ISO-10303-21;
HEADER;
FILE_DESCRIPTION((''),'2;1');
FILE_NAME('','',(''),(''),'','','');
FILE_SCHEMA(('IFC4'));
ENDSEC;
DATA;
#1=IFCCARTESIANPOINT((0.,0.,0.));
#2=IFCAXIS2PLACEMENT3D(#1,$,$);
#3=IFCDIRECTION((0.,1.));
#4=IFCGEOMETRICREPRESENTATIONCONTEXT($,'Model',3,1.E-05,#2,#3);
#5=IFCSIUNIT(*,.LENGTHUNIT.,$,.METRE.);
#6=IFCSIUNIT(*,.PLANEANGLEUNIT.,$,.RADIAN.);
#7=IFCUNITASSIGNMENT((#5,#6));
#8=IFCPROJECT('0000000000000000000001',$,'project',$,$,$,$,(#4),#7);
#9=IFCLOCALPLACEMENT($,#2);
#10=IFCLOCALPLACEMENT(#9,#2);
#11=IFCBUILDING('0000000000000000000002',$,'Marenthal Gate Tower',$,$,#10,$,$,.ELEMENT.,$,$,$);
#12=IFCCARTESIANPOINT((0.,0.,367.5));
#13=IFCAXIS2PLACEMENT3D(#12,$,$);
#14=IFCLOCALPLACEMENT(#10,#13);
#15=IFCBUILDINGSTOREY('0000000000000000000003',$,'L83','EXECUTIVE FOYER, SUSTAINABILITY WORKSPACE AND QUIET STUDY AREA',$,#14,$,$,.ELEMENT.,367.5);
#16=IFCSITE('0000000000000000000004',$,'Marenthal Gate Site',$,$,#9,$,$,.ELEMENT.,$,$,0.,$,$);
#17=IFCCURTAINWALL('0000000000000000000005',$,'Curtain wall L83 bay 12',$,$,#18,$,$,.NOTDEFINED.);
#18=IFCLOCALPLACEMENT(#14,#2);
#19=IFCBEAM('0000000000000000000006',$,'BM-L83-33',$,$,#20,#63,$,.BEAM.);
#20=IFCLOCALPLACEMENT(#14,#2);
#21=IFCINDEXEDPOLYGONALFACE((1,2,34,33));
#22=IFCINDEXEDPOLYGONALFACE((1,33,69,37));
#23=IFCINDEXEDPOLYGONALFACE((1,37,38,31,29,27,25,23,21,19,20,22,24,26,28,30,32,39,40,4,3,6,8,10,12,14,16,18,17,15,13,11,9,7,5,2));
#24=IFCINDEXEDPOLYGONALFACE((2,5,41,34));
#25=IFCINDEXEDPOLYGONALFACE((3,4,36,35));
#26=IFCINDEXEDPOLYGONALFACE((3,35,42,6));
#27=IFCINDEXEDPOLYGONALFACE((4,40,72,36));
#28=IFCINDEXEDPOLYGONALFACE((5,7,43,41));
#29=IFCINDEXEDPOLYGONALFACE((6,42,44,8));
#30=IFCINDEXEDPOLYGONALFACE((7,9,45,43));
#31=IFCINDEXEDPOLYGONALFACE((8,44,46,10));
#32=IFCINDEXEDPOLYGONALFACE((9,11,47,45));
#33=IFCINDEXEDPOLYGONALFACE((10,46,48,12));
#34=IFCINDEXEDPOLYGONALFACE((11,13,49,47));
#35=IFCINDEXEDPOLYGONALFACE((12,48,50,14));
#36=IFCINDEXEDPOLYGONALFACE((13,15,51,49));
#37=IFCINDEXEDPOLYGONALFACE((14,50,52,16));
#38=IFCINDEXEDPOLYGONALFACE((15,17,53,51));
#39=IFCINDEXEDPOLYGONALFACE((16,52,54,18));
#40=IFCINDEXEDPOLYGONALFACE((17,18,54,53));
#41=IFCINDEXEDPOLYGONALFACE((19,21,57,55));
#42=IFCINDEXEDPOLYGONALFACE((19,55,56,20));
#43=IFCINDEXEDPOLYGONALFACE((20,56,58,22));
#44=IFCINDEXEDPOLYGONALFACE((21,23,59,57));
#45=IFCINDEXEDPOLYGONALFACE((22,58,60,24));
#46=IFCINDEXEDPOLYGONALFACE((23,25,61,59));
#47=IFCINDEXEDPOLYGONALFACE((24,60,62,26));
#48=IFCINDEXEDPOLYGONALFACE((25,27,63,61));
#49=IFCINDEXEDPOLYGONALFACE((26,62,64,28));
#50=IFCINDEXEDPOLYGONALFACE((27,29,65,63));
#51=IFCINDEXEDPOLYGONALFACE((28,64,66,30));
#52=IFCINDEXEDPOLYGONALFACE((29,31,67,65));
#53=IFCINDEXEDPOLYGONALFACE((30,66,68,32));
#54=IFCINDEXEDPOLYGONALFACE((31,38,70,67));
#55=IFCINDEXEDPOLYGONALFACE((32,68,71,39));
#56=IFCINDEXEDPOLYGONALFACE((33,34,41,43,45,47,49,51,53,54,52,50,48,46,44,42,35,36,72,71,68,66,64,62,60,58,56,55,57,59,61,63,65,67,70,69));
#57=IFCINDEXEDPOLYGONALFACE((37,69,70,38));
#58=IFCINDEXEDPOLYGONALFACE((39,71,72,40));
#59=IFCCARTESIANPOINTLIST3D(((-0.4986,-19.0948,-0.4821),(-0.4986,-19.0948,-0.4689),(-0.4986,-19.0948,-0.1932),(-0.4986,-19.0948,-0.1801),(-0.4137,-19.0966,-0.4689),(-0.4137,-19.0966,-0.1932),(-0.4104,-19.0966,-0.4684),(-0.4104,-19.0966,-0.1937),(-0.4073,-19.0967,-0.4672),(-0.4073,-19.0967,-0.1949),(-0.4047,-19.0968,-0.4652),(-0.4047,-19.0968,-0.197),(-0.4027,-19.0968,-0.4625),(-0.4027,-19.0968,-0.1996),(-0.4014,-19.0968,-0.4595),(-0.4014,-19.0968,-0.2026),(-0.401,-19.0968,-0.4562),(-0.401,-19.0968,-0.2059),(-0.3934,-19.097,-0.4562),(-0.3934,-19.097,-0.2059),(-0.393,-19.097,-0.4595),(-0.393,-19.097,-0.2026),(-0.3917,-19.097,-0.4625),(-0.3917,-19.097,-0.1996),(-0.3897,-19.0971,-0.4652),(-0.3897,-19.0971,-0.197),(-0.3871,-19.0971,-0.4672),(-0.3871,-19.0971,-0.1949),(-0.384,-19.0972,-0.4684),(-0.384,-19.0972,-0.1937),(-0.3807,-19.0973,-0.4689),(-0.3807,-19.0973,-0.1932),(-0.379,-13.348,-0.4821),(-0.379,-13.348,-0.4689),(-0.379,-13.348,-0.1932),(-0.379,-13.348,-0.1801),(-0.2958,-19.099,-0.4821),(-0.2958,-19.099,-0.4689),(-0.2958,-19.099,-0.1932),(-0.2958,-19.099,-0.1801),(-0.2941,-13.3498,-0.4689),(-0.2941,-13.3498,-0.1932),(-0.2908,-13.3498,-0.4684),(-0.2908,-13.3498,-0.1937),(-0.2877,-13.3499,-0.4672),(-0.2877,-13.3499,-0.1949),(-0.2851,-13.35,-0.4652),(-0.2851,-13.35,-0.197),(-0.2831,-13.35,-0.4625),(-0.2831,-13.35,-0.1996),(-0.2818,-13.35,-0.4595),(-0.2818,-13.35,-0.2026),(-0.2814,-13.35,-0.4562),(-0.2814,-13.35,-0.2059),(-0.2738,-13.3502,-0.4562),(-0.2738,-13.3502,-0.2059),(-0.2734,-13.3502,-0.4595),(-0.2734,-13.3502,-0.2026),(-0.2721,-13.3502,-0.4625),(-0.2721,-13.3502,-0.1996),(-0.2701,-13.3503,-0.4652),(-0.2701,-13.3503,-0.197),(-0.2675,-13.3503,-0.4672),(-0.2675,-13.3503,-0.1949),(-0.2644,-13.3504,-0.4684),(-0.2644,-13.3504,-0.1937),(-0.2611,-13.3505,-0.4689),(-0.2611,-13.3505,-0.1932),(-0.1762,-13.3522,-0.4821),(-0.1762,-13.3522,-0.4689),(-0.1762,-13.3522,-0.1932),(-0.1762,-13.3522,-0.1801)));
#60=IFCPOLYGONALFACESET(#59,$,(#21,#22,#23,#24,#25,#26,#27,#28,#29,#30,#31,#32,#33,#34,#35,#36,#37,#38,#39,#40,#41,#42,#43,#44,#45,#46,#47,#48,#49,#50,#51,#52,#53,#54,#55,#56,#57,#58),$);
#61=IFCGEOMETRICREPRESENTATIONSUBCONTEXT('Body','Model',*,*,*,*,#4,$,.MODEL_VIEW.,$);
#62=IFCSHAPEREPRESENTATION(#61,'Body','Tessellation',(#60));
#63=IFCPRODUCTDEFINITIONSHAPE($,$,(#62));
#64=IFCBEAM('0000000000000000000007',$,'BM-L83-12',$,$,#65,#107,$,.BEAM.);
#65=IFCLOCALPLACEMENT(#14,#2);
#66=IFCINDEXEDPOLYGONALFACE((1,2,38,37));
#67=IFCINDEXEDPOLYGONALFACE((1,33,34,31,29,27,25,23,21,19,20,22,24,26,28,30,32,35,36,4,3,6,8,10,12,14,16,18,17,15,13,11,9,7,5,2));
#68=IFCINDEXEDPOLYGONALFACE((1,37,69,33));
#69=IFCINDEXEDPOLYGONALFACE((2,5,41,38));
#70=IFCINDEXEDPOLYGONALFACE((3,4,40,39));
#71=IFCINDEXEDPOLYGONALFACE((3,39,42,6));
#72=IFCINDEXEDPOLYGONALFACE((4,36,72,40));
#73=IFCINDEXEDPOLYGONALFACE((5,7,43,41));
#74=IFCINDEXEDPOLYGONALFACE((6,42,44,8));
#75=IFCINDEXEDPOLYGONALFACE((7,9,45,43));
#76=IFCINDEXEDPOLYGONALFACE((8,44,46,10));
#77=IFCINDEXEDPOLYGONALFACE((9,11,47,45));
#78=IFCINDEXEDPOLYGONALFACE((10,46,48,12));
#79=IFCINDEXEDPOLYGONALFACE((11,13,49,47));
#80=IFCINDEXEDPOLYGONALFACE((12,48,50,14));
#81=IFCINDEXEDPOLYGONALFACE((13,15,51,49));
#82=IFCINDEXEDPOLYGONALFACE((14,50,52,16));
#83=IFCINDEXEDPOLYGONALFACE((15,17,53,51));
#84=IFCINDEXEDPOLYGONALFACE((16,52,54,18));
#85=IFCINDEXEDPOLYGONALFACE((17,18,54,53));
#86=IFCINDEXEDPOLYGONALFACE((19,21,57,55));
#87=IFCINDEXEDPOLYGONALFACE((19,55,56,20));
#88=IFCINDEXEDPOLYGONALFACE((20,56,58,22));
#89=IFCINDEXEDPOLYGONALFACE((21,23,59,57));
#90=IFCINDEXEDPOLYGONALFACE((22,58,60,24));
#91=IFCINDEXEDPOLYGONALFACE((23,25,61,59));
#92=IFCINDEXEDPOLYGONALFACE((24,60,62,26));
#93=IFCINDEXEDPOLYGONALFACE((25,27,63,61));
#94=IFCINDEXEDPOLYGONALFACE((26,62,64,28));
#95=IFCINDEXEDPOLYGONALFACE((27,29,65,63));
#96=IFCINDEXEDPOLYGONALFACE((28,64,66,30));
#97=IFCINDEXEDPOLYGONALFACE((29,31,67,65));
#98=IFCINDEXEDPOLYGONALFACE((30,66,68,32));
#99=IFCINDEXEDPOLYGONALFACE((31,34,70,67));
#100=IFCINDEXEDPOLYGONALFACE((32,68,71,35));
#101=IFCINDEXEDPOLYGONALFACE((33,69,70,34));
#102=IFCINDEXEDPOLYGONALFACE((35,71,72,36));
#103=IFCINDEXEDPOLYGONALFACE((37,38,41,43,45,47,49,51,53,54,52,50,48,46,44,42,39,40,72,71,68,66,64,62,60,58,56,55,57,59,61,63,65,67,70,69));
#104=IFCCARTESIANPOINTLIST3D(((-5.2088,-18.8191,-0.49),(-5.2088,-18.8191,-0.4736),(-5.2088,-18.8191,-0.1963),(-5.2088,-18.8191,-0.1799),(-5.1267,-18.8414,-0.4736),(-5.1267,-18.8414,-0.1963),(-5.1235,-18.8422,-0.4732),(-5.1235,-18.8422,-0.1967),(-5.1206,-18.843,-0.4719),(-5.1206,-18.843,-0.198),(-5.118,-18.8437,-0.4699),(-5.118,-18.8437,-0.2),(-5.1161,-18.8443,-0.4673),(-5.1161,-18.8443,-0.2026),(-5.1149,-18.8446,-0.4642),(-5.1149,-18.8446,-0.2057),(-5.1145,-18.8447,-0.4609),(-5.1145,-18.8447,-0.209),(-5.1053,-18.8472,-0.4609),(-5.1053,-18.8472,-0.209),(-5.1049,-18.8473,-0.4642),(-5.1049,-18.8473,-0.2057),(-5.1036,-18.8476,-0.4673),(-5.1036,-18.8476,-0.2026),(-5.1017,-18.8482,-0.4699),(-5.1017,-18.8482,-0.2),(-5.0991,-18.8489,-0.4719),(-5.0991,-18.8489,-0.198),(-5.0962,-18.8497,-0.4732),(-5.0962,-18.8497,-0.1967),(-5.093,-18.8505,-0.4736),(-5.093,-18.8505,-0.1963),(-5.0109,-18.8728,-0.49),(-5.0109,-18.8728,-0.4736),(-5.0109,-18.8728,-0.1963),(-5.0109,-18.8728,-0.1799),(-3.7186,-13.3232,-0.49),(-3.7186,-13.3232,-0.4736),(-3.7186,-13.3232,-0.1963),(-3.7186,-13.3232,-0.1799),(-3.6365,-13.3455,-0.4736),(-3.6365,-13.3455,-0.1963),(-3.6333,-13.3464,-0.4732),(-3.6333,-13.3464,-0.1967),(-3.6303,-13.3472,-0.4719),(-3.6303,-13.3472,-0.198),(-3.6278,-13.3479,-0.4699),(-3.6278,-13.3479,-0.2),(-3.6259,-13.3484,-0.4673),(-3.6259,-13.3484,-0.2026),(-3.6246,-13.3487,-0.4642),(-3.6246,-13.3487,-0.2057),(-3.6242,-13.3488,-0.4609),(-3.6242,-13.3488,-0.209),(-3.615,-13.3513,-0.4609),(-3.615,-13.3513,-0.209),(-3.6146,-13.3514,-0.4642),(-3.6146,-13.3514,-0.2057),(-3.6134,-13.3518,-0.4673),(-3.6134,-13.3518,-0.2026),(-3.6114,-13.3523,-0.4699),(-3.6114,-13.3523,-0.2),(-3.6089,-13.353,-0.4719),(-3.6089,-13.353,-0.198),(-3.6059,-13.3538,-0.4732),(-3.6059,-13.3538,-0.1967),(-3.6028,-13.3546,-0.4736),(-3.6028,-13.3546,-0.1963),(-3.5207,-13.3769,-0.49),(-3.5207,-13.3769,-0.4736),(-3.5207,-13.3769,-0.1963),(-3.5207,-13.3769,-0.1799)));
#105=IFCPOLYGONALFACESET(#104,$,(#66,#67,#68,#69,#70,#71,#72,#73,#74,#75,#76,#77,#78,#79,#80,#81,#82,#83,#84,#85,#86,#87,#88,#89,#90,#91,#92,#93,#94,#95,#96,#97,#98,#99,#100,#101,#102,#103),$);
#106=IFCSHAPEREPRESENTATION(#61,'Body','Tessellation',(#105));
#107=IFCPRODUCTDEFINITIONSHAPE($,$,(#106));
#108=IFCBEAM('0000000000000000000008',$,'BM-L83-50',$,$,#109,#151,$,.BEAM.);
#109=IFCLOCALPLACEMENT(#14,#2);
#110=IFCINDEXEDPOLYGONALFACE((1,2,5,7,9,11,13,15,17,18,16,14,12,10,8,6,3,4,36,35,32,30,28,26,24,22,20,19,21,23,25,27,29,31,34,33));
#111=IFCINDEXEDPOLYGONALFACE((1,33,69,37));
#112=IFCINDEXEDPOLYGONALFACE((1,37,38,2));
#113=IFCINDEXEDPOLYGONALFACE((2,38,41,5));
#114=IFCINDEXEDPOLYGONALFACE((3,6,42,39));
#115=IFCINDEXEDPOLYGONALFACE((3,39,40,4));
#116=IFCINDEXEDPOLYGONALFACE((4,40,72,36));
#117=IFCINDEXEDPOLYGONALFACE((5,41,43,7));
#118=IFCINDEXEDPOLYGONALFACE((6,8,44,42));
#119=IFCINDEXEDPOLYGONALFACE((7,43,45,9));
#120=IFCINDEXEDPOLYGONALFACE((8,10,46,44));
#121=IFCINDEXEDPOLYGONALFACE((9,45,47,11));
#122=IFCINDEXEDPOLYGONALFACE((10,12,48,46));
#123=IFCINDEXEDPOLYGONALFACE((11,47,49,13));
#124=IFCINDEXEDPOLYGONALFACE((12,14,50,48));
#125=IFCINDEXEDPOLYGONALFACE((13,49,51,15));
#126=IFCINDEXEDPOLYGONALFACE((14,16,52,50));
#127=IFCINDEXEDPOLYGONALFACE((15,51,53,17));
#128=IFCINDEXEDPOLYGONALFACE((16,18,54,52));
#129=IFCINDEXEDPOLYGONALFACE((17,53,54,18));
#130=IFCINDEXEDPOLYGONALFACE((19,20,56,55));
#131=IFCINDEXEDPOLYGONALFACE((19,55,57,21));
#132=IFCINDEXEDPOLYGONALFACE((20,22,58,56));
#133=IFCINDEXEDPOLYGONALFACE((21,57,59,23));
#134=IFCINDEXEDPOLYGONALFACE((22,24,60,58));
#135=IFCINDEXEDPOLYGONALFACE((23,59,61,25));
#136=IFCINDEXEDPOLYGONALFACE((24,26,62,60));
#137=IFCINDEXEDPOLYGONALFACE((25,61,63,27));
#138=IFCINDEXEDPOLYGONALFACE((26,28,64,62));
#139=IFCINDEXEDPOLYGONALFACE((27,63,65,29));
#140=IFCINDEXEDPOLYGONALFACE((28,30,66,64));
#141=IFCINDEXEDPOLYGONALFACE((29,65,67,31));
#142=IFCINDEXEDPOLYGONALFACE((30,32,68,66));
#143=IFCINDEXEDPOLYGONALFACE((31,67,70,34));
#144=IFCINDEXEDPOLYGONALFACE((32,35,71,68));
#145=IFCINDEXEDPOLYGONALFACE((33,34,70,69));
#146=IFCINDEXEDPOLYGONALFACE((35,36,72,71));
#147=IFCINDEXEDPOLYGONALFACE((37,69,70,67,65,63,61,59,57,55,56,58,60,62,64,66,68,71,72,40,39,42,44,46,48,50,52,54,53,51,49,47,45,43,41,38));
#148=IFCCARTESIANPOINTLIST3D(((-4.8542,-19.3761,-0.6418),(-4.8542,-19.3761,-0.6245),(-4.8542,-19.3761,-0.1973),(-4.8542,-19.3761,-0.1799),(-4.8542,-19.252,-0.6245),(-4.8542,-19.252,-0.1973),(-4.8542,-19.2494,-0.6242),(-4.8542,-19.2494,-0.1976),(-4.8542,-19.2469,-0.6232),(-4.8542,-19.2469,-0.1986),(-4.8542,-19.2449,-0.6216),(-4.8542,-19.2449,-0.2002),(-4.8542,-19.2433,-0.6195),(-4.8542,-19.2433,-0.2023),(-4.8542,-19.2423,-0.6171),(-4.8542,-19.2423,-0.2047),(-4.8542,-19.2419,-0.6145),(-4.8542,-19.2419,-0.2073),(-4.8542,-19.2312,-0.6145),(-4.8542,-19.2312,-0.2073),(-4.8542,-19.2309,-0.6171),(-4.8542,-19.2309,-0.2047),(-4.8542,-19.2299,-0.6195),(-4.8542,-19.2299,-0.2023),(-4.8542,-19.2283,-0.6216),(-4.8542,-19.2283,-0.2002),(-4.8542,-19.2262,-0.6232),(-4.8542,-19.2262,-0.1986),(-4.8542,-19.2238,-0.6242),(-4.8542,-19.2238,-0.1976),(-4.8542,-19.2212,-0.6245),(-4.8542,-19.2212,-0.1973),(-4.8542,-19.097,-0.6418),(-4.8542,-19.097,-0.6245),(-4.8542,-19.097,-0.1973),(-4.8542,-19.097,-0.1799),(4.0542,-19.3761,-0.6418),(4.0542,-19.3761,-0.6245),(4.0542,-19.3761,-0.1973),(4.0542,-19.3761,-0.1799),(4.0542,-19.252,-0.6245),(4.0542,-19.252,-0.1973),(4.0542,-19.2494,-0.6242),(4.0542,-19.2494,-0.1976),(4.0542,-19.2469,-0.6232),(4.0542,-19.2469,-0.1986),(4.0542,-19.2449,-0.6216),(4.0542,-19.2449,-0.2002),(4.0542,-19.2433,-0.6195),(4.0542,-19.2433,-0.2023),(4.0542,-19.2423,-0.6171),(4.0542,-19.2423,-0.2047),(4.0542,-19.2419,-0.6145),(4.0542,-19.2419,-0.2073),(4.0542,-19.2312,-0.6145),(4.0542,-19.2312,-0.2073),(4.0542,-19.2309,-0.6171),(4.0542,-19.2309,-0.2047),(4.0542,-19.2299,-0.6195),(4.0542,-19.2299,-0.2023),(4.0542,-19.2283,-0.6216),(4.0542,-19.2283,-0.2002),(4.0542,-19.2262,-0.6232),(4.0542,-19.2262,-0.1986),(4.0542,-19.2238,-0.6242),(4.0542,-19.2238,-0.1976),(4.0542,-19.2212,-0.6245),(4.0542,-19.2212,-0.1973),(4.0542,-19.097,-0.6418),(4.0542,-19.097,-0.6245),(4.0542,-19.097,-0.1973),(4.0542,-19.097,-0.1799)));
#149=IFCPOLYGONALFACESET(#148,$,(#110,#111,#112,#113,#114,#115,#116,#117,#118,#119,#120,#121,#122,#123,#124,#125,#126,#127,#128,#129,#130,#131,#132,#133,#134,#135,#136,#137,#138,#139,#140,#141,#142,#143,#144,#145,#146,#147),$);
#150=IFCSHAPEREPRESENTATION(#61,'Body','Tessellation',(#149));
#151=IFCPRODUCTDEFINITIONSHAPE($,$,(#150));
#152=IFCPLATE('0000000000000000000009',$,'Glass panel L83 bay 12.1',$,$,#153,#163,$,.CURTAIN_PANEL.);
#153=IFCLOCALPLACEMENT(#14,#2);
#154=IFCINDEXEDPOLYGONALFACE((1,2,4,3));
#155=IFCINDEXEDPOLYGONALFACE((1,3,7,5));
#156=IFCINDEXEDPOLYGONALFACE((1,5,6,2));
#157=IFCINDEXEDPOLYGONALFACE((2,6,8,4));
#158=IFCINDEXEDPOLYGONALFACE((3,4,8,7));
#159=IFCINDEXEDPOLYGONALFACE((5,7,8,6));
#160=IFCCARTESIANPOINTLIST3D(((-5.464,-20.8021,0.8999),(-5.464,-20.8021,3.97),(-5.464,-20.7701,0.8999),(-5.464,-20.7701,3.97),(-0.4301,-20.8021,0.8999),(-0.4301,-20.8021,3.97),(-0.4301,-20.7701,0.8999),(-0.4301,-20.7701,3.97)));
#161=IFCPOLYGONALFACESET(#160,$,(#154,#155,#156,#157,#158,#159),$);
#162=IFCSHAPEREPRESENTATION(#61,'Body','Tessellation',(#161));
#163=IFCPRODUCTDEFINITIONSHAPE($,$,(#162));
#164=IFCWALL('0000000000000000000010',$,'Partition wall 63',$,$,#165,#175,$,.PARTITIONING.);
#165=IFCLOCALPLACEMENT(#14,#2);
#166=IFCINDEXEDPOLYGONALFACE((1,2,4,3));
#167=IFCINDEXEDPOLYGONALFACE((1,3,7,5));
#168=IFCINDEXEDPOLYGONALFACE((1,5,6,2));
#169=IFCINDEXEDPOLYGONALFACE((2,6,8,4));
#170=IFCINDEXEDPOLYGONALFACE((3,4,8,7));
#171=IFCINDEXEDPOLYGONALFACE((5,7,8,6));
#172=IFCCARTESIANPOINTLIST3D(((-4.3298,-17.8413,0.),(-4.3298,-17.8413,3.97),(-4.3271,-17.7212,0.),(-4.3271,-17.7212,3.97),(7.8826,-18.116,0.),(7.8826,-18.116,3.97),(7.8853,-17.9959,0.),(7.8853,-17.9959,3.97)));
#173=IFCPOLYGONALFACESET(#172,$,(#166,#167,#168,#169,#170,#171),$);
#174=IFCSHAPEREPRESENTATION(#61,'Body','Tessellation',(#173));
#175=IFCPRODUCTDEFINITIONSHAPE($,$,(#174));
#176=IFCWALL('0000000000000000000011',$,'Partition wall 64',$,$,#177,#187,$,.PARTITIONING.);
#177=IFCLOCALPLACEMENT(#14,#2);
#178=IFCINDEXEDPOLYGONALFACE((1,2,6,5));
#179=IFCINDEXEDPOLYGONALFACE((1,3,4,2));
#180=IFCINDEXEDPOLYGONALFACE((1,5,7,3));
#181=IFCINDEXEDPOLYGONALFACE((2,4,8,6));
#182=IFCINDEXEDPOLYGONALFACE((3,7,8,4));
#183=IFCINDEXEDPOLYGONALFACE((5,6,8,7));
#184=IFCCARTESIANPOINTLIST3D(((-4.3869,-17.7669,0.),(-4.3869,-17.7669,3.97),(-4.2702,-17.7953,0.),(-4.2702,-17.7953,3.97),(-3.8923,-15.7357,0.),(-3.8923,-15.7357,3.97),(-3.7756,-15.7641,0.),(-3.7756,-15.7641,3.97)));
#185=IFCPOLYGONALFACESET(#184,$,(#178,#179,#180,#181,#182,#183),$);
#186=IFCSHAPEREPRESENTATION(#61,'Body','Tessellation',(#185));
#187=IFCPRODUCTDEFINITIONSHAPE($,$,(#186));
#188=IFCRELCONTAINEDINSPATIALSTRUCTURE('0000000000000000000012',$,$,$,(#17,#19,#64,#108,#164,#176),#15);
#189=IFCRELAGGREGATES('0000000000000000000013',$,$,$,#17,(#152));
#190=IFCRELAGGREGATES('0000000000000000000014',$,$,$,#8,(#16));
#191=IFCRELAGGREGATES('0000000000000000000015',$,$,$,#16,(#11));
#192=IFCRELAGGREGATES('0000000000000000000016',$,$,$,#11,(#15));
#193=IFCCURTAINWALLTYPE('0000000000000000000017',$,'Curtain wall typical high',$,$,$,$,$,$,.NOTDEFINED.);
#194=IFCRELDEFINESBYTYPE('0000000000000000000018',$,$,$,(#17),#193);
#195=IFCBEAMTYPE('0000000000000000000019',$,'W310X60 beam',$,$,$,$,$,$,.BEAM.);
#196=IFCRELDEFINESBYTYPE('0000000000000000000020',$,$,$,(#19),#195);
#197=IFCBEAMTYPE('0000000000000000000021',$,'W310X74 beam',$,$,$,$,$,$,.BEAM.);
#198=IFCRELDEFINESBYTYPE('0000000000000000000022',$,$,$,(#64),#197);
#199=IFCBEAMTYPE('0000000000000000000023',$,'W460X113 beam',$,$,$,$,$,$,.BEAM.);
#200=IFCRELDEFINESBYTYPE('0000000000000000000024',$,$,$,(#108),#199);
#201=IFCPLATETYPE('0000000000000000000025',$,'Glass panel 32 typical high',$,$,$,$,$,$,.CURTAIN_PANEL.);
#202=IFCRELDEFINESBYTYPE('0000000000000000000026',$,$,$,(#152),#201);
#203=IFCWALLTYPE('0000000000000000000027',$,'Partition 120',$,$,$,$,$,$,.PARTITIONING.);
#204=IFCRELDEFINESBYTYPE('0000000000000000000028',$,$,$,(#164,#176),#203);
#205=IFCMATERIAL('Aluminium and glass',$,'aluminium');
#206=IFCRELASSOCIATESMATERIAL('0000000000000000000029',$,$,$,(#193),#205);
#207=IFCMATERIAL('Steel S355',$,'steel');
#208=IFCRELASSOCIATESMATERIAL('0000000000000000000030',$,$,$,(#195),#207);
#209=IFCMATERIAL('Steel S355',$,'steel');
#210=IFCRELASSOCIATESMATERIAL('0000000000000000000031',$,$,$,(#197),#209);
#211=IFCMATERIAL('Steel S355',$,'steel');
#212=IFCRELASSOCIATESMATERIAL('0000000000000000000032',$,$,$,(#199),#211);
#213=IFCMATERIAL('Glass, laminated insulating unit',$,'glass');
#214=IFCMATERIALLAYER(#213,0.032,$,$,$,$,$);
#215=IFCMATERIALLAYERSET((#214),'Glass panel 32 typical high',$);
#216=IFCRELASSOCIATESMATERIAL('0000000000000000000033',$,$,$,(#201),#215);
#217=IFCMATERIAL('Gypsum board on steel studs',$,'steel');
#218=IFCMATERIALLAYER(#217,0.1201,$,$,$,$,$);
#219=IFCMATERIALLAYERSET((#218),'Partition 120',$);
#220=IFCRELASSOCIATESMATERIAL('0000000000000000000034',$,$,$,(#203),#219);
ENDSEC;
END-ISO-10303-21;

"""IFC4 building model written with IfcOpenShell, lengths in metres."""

from ifc_helpers import new_model, si_unit, direction, frame, frame_2d, origin, origin_2d, place, context, subcontext, project, spatial, rectangle, i_section, extrude, material, layer, layer_set, material_profile, profile_set, type_object, element, aggregate, save


model = new_model("IFC4")

# Units and contexts
model_context = context("Model", 3, precision=1e-05, world=origin(), true_north=direction((0.0, 1.0)))
body_context = subcontext(model_context, "Body", "Model", "MODEL_VIEW")
ifc_project = project(units=[si_unit("LENGTHUNIT", "METRE"), si_unit("PLANEANGLEUNIT", "RADIAN")], contexts=[model_context])

# Site, building, storey
site_placement = place(None, origin())
site = spatial("IfcSite", under=ifc_project, at=site_placement, Name="Marenthal Gate Site", CompositionType="ELEMENT", RefElevation=0.0)
building_placement = place(site_placement, origin())
building = spatial("IfcBuilding", under=site, at=building_placement, Name="Marenthal Gate Tower", CompositionType="ELEMENT")
storey_placement = place(building_placement, frame((0.0, 0.0, 367.5)))
storey = spatial("IfcBuildingStorey", under=building, at=storey_placement, Name="L83", Description="EXECUTIVE FOYER, SUSTAINABILITY WORKSPACE AND QUIET STUDY AREA", CompositionType="ELEMENT", Elevation=367.5)

# Curtain wall
ifc_material_1 = material(Name="Aluminium and glass", Category="aluminium")
curtain_wall_type = type_object("IfcCurtainWallType", Name="Curtain wall typical high", PredefinedType="NOTDEFINED", material=ifc_material_1)
curtain_wall_placement = place(storey_placement, origin())
curtain_wall = element("IfcCurtainWall", 1, at=curtain_wall_placement, inside=storey, type_object=curtain_wall_type, Name="Curtain wall L83 bay 12", PredefinedType="NOTDEFINED")

# Beams
ifc_material_2 = material(Name="Steel S355", Category="steel")
ifc_material_profile_1 = material_profile(ifc_material_2, i_section(OverallWidth=0.2029, OverallDepth=0.302, WebThickness=0.0076, FlangeThickness=0.0132, FilletRadius=0.0127, at=origin_2d()), Name="W310X60")
ifc_profile_set_1 = profile_set([ifc_material_profile_1], Name="Steel S355")
beam_type_1 = type_object("IfcBeamType", Name="W310X60 beam", PredefinedType="BEAM", material=ifc_profile_set_1)
beam_1_placement = place(storey_placement, frame((-0.3972, -19.0969, -0.3311), z_axis=(0.020812, 0.999783, 0.0), x_axis=(-0.999783, 0.020812, 0.0)))
element("IfcBeam", 2, at=beam_1_placement, inside=storey, type_object=beam_type_1, Name="BM-L83-33", PredefinedType="BEAM", context=body_context, shape_type="SweptSolid", body=[
    extrude(i_section(OverallWidth=0.2029, OverallDepth=0.302, WebThickness=0.0076, FlangeThickness=0.0132, FilletRadius=0.0127, at=origin_2d()), origin(), (0.0, 0.0, 1.0), 5.748),
])
ifc_material_3 = material(Name="Steel S355", Category="steel")
ifc_material_profile_2 = material_profile(ifc_material_3, i_section(OverallWidth=0.2051, OverallDepth=0.3101, WebThickness=0.0095, FlangeThickness=0.0164, FilletRadius=0.0127, at=origin_2d()), Name="W310X74")
ifc_profile_set_2 = profile_set([ifc_material_profile_2], Name="Steel S355")
beam_type_2 = type_object("IfcBeamType", Name="W310X74 beam", PredefinedType="BEAM", material=ifc_profile_set_2)
beam_2_placement = place(storey_placement, frame((-5.1099, -18.8459, -0.335), z_axis=(0.261706, 0.965148, 0.0), x_axis=(-0.965148, 0.261706, 0.0)))
element("IfcBeam", 3, at=beam_2_placement, inside=storey, type_object=beam_type_2, Name="BM-L83-12", PredefinedType="BEAM", context=body_context, shape_type="SweptSolid", body=[
    extrude(i_section(OverallWidth=0.2051, OverallDepth=0.3101, WebThickness=0.0095, FlangeThickness=0.0164, FilletRadius=0.0127, at=origin_2d()), origin(), (0.0, 0.0, 1.0), 5.6943),
])
ifc_material_4 = material(Name="Steel S355", Category="steel")
ifc_material_profile_3 = material_profile(ifc_material_4, i_section(OverallWidth=0.2791, OverallDepth=0.4619, WebThickness=0.0107, FlangeThickness=0.0173, FilletRadius=0.01, at=origin_2d()), Name="W460X113")
ifc_profile_set_3 = profile_set([ifc_material_profile_3], Name="Steel S355")
beam_type_3 = type_object("IfcBeamType", Name="W460X113 beam", PredefinedType="BEAM", material=ifc_profile_set_3)
beam_3_placement = place(storey_placement, frame((-4.8542, -19.2366, -0.4109), z_axis=(1.0, 0.0, 0.0), x_axis=(0.0, 1.0, 0.0)))
element("IfcBeam", 4, at=beam_3_placement, inside=storey, type_object=beam_type_3, Name="BM-L83-50", PredefinedType="BEAM", context=body_context, shape_type="SweptSolid", body=[
    extrude(i_section(OverallWidth=0.2791, OverallDepth=0.4619, WebThickness=0.0107, FlangeThickness=0.0173, FilletRadius=0.01, at=origin_2d()), origin(), (0.0, 0.0, 1.0), 8.9084),
])

# Plate
ifc_material_5 = material(Name="Glass, laminated insulating unit", Category="glass")
ifc_layer_1 = layer(ifc_material_5, 0.032)
ifc_layer_set_1 = layer_set([ifc_layer_1], Name="Glass panel 32 typical high")
plate_type = type_object("IfcPlateType", Name="Glass panel 32 typical high", PredefinedType="CURTAIN_PANEL", material=ifc_layer_set_1)
plate_placement = place(storey_placement, frame((-2.947, -20.7861, 0.8999), z_axis=(0.0, 0.0, 1.0), x_axis=(1.0, 0.0, 0.0)))
plate = element("IfcPlate", 5, at=plate_placement, type_object=plate_type, Name="Glass panel L83 bay 12.1", PredefinedType="CURTAIN_PANEL", context=body_context, shape_type="SweptSolid", body=[
    extrude(rectangle(XDim=5.0339, YDim=0.032, at=origin_2d()), origin(), (0.0, 0.0, 1.0), 3.0701),
])
aggregate(curtain_wall, [plate])

# Walls
ifc_material_6 = material(Name="Gypsum board on steel studs", Category="steel")
ifc_layer_2 = layer(ifc_material_6, 0.1201)
ifc_layer_set_2 = layer_set([ifc_layer_2], Name="Partition 120")
wall_type_1 = type_object("IfcWallType", Name="Partition 120", PredefinedType="PARTITIONING", material=ifc_layer_set_2)
wall_1_placement = place(storey_placement, frame((-4.3286, -17.7812, 0.0), z_axis=(0.0, 0.0, 1.0), x_axis=(0.999747, -0.022484, 0.0)))
element("IfcWall", 6, at=wall_1_placement, inside=storey, type_object=wall_type_1, Name="Partition wall 63", PredefinedType="PARTITIONING", context=body_context, shape_type="SweptSolid", body=[
    extrude(rectangle(XDim=12.2156, YDim=0.1201, at=frame_2d((6.1079, 0.0))), origin(), (0.0, 0.0, 1.0), 3.97),
])
wall_2_placement = place(storey_placement, frame((-4.3286, -17.7812, 0.0), z_axis=(0.0, 0.0, 1.0), x_axis=(0.236596, 0.971608, 0.0)))
element("IfcWall", 7, at=wall_2_placement, inside=storey, type_object=wall_type_1, Name="Partition wall 64", PredefinedType="PARTITIONING", context=body_context, shape_type="SweptSolid", body=[
    extrude(rectangle(XDim=2.0906, YDim=0.1201, at=frame_2d((1.0454, 0.0))), origin(), (0.0, 0.0, 1.0), 3.97),
])

save(model, "model.ifc")
